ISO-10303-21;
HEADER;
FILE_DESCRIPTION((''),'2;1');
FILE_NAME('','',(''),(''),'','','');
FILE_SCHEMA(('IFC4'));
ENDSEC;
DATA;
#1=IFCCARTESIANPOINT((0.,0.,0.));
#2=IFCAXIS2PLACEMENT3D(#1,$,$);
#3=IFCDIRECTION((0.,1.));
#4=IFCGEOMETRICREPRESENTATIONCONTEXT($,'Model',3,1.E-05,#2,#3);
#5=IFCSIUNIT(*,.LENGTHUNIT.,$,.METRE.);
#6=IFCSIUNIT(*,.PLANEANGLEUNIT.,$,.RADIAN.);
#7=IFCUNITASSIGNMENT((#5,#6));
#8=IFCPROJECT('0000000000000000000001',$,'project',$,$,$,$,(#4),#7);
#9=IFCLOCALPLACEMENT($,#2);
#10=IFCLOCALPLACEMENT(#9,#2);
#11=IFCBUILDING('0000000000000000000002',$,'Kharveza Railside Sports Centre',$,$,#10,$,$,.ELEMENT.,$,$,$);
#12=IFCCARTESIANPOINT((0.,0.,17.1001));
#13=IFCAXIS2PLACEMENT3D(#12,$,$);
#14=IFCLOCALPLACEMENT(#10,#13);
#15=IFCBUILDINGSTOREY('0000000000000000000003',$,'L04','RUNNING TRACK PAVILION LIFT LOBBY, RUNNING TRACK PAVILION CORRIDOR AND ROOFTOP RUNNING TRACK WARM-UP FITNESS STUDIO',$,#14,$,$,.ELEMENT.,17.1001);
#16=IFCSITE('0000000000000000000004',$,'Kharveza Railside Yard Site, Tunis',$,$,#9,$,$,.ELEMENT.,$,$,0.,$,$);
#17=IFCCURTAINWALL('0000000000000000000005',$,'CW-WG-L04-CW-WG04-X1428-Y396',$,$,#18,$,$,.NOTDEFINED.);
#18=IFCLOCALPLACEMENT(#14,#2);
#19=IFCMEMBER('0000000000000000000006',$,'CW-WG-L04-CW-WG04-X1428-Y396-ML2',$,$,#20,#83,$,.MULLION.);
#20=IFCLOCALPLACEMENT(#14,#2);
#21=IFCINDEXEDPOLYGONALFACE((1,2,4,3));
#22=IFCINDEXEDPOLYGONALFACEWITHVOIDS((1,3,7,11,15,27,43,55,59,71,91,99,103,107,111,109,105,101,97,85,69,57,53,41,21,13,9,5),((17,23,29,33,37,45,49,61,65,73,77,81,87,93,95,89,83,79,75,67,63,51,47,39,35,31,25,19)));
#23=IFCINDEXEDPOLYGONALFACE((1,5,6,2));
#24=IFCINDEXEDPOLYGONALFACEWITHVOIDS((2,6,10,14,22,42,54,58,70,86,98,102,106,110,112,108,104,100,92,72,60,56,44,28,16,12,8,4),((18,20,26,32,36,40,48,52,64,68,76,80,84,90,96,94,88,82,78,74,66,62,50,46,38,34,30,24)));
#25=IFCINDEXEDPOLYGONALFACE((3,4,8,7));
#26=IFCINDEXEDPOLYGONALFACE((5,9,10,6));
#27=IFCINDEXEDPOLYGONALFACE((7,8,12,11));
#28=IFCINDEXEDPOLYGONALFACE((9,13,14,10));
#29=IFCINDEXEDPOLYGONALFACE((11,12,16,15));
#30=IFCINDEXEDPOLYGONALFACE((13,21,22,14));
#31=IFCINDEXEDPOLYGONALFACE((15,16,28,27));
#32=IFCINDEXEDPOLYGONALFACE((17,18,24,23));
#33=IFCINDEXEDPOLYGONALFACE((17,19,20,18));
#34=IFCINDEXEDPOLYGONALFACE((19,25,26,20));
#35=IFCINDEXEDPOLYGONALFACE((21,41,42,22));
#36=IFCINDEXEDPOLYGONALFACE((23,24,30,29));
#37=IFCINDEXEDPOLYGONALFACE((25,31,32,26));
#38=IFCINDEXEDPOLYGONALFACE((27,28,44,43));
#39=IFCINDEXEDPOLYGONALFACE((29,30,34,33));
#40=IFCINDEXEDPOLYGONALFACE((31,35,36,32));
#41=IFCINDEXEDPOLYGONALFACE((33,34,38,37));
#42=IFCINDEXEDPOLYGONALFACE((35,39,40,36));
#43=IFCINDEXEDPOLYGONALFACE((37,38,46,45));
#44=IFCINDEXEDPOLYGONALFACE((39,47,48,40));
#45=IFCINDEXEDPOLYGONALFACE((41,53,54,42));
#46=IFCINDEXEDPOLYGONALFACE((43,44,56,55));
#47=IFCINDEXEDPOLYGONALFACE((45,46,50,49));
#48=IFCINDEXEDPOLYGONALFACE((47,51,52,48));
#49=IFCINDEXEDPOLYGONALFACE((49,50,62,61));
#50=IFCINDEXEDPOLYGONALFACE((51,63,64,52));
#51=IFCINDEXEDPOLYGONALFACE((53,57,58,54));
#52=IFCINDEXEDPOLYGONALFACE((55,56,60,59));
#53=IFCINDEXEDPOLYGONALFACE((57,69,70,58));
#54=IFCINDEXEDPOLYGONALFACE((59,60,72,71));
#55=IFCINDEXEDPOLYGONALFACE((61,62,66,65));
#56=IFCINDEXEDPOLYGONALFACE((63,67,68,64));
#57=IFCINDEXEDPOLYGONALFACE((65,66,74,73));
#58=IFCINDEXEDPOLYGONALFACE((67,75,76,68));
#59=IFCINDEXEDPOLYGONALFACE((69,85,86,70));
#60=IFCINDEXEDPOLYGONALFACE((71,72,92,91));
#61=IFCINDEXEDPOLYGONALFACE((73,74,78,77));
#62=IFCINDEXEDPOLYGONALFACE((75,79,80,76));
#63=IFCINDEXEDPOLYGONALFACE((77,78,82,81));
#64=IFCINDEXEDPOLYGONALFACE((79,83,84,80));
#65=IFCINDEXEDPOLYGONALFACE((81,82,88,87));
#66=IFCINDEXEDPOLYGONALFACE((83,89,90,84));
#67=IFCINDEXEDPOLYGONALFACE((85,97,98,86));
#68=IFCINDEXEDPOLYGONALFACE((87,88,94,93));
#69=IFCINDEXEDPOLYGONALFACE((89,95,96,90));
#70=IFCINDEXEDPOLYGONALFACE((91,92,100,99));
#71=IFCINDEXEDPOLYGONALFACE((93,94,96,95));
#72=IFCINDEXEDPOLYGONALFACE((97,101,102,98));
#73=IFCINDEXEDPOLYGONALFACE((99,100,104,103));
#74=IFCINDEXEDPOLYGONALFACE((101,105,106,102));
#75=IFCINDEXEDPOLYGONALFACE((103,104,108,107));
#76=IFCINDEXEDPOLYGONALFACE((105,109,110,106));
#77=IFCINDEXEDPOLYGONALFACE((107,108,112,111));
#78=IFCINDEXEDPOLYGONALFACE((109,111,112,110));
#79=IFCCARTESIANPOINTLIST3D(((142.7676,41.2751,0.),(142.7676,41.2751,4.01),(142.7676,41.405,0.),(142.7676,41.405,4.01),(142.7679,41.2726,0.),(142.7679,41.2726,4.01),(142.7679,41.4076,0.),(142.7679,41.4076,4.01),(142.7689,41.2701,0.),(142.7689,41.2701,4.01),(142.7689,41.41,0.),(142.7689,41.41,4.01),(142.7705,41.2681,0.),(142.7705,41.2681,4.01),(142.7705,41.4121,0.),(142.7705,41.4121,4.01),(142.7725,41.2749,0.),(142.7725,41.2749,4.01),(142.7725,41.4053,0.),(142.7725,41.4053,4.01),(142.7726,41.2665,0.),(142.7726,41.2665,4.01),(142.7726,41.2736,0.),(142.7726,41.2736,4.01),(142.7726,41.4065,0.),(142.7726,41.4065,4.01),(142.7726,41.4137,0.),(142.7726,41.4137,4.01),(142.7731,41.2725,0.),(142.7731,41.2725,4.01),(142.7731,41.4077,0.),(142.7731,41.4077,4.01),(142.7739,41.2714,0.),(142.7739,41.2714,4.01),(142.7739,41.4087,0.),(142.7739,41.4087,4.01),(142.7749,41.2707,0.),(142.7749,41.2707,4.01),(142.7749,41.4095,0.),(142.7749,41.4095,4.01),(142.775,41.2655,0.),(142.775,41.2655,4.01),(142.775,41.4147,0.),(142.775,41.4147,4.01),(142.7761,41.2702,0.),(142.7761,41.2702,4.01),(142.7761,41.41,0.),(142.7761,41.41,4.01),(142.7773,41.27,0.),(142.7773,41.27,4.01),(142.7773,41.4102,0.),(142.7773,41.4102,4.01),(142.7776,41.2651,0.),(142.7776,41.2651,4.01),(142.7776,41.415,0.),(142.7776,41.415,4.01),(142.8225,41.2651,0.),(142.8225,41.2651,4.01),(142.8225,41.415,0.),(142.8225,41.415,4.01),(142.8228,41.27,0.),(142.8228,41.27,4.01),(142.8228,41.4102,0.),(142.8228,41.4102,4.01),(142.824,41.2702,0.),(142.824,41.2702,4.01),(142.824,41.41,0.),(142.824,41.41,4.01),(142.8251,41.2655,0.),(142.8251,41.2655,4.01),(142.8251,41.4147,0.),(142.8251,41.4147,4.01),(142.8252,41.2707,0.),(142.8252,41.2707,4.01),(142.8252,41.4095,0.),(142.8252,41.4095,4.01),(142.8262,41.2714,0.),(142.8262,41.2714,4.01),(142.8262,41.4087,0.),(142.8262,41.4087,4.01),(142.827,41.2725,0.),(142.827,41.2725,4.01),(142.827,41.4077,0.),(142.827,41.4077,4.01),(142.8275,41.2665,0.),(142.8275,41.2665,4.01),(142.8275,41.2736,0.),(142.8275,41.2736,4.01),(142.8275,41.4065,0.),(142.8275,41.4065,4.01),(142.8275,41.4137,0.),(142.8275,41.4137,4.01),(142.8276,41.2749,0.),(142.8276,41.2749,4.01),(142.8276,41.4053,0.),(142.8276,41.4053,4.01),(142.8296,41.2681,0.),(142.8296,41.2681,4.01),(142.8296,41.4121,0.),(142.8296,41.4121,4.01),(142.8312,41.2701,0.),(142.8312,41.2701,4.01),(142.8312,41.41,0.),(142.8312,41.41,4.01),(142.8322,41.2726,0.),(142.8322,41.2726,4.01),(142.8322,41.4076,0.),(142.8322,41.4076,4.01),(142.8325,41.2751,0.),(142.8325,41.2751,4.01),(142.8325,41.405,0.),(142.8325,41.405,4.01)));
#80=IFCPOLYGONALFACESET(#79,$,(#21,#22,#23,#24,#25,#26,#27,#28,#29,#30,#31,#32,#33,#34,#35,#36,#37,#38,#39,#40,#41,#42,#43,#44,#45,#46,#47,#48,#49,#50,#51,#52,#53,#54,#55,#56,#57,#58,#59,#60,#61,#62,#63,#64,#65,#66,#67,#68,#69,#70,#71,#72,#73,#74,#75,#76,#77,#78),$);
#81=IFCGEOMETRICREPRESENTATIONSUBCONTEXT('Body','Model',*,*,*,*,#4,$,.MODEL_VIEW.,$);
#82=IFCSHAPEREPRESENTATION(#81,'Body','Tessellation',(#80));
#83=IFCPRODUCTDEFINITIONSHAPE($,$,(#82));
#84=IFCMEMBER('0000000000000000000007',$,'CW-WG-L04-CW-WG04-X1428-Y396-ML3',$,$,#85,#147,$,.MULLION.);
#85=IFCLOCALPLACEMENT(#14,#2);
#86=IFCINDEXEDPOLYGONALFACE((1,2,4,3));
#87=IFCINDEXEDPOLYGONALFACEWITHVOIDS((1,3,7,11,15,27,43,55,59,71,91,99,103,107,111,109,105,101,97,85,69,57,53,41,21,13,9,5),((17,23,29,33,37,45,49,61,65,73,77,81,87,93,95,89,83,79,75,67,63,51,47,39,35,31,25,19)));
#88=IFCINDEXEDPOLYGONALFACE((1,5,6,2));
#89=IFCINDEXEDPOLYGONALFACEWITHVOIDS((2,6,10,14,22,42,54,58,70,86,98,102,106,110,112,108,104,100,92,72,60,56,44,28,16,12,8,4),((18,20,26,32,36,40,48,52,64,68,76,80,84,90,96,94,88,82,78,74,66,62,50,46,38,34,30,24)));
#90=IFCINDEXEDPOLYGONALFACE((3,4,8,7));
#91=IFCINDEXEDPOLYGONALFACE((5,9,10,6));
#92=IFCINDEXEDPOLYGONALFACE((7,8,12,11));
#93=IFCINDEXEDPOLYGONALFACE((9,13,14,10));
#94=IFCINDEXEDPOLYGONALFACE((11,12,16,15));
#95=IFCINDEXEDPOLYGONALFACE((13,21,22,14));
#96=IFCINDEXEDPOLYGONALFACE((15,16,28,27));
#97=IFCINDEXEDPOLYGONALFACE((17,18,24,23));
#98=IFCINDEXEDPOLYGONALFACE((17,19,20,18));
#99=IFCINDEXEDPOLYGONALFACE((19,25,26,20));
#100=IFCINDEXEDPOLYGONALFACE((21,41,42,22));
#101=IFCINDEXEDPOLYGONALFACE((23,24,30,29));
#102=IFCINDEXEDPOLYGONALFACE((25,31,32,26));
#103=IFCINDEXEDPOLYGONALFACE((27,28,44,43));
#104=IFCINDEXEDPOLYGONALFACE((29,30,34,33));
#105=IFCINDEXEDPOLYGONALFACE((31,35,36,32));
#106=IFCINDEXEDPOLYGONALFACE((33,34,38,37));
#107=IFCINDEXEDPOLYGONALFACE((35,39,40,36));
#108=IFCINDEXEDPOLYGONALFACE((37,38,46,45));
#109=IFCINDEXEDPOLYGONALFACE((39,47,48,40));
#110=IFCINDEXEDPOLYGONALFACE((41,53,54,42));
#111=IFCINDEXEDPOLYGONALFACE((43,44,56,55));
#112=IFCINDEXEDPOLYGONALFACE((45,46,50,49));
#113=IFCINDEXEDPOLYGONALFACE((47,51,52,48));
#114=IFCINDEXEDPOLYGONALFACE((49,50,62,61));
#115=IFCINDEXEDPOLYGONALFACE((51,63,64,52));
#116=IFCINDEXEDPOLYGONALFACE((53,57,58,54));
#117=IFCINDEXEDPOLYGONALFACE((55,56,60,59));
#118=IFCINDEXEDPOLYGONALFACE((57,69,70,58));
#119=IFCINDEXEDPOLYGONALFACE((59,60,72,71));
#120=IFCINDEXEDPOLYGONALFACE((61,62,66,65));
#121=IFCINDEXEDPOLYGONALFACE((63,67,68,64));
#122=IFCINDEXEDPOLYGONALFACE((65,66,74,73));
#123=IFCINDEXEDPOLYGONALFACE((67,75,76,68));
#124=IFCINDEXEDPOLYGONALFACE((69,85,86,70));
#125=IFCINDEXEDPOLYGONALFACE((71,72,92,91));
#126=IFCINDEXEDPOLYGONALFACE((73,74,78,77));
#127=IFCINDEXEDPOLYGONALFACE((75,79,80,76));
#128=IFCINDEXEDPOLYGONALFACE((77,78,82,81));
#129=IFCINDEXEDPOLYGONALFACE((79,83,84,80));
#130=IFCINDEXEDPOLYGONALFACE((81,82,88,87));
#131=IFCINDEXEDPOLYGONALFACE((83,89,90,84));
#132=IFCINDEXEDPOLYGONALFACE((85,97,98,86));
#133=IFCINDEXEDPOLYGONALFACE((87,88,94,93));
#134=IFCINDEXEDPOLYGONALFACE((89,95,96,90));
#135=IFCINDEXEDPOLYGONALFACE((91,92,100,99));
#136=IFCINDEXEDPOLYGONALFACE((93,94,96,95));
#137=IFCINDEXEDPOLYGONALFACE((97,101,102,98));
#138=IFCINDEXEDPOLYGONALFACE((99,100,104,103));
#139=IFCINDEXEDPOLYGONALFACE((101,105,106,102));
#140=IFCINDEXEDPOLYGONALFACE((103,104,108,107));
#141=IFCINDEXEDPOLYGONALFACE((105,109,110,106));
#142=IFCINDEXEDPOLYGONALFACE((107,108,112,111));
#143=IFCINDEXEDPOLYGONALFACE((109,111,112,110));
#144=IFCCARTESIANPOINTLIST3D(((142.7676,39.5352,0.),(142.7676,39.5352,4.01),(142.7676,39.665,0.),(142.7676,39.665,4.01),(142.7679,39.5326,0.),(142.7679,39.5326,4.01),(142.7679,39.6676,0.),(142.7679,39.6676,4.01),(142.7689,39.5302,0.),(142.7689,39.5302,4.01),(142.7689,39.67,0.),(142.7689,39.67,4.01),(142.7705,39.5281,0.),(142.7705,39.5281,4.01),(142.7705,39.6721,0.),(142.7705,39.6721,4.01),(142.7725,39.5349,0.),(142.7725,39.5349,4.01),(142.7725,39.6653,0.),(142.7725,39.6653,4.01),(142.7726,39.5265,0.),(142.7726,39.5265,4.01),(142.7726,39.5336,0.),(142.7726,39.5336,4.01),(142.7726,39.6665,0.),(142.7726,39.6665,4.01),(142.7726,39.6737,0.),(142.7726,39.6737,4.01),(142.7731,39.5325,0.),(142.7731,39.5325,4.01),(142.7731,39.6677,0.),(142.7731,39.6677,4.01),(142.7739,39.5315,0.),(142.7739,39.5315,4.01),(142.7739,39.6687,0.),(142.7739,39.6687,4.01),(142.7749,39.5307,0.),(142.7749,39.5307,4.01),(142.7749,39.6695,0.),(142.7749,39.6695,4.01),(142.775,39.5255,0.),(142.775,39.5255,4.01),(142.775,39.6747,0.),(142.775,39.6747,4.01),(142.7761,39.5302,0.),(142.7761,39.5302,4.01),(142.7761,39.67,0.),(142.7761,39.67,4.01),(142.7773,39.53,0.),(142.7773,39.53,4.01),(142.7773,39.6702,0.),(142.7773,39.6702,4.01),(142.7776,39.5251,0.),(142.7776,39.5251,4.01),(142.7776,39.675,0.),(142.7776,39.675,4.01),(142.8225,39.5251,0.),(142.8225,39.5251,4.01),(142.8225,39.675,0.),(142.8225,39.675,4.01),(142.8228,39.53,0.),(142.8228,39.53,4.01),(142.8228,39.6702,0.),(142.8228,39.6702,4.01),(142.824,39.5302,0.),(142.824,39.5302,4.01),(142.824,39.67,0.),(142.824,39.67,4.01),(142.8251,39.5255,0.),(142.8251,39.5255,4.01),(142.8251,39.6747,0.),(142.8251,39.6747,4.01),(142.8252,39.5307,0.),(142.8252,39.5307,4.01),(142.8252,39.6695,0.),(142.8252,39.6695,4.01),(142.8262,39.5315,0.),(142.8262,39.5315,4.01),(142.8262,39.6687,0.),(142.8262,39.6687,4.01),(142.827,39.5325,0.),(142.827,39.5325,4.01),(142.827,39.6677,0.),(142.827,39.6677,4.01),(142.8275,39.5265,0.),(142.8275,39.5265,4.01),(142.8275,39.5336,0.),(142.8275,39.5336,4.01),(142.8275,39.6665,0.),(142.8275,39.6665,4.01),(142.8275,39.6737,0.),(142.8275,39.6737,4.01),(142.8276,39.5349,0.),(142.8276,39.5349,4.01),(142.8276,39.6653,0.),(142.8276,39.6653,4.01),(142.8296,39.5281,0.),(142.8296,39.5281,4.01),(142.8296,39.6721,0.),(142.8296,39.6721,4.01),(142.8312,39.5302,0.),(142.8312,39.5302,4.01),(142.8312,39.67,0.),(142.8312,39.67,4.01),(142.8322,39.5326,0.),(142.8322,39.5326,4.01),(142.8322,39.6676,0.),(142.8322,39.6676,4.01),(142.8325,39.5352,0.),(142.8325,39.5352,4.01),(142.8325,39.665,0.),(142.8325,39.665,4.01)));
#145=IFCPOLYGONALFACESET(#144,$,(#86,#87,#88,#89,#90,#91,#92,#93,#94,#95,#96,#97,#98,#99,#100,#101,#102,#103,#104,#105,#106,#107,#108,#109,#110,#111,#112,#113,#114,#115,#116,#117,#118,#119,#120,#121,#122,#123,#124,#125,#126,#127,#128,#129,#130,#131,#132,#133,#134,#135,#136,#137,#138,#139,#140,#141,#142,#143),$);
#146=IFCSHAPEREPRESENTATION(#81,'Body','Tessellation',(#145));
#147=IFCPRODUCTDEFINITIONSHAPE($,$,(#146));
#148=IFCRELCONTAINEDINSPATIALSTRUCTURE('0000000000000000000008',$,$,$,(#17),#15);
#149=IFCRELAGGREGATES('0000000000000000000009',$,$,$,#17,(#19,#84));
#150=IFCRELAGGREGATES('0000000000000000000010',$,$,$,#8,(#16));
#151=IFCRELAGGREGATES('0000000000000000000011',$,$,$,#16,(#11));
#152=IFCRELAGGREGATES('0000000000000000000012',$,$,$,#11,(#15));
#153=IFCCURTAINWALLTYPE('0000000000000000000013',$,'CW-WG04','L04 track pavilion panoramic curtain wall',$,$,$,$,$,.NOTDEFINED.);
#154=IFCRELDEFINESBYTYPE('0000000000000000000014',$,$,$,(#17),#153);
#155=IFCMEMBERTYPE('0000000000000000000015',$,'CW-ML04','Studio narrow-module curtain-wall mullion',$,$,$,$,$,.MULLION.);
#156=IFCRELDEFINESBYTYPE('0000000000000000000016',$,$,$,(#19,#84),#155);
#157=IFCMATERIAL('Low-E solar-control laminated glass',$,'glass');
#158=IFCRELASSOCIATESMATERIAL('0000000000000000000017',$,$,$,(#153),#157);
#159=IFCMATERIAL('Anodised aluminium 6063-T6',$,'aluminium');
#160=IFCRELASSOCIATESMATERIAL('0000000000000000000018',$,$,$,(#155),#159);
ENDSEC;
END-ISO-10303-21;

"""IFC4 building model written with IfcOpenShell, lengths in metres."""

from ifc_helpers import new_model, si_unit, direction, frame, origin, origin_2d, place, context, subcontext, project, spatial, hollow_rectangle, extrude, material, material_profile, profile_set, type_object, element, aggregate, save


model = new_model("IFC4")

# Units and contexts
model_context = context("Model", 3, precision=1e-05, world=origin(), true_north=direction((0.0, 1.0)))
body_context = subcontext(model_context, "Body", "Model", "MODEL_VIEW")
ifc_project = project(units=[si_unit("LENGTHUNIT", "METRE"), si_unit("PLANEANGLEUNIT", "RADIAN")], contexts=[model_context])

# Site, building, storey
site_placement = place(None, origin())
site = spatial("IfcSite", under=ifc_project, at=site_placement, Name="Kharveza Railside Yard Site, Tunis", CompositionType="ELEMENT", RefElevation=0.0)
building_placement = place(site_placement, origin())
building = spatial("IfcBuilding", under=site, at=building_placement, Name="Kharveza Railside Sports Centre", CompositionType="ELEMENT")
storey_placement = place(building_placement, frame((0.0, 0.0, 17.1001)))
storey = spatial("IfcBuildingStorey", under=building, at=storey_placement, Name="L04", Description="RUNNING TRACK PAVILION LIFT LOBBY, RUNNING TRACK PAVILION CORRIDOR AND ROOFTOP RUNNING TRACK WARM-UP FITNESS STUDIO", CompositionType="ELEMENT", Elevation=17.1001)

# Curtain wall, members
ifc_material_1 = material(Name="Low-E solar-control laminated glass", Category="glass")
curtain_wall_type = type_object("IfcCurtainWallType", Name="CW-WG04", Description="L04 track pavilion panoramic curtain wall", PredefinedType="NOTDEFINED", material=ifc_material_1)
ifc_material_2 = material(Name="Anodised aluminium 6063-T6", Category="aluminium")
ifc_material_profile_1 = material_profile(ifc_material_2, hollow_rectangle(XDim=0.0649, YDim=0.1499, WallThickness=0.0049, InnerFilletRadius=0.0049, OuterFilletRadius=0.01, at=origin_2d()), Name="RHS 65x150x5.0")
ifc_profile_set_1 = profile_set([ifc_material_profile_1], Name="Anodised aluminium 6063-T6")
member_type_1 = type_object("IfcMemberType", Name="CW-ML04", Description="Studio narrow-module curtain-wall mullion", PredefinedType="MULLION", material=ifc_profile_set_1)
curtain_wall_1_placement = place(storey_placement, origin())
curtain_wall_1 = element("IfcCurtainWall", 1, at=curtain_wall_1_placement, inside=storey, type_object=curtain_wall_type, Name="CW-WG-L04-CW-WG04-X1428-Y396", PredefinedType="NOTDEFINED")
member_1_placement = place(storey_placement, frame((142.8, 41.3401, 0.0), z_axis=(0.0, 0.0, 1.0), x_axis=(1.0, 0.0, 0.0)))
member_1 = element("IfcMember", 2, at=member_1_placement, type_object=member_type_1, Name="CW-WG-L04-CW-WG04-X1428-Y396-ML2", PredefinedType="MULLION", context=body_context, shape_type="SweptSolid", body=[
    extrude(hollow_rectangle(XDim=0.0649, YDim=0.1499, WallThickness=0.0049, InnerFilletRadius=0.0049, OuterFilletRadius=0.01, at=origin_2d()), origin(), (0.0, 0.0, 1.0), 4.01),
])
member_2_placement = place(storey_placement, frame((142.8, 39.6001, 0.0), z_axis=(0.0, 0.0, 1.0), x_axis=(1.0, 0.0, 0.0)))
member_2 = element("IfcMember", 3, at=member_2_placement, type_object=member_type_1, Name="CW-WG-L04-CW-WG04-X1428-Y396-ML3", PredefinedType="MULLION", context=body_context, shape_type="SweptSolid", body=[
    extrude(hollow_rectangle(XDim=0.0649, YDim=0.1499, WallThickness=0.0049, InnerFilletRadius=0.0049, OuterFilletRadius=0.01, at=origin_2d()), origin(), (0.0, 0.0, 1.0), 4.01),
])

aggregate(curtain_wall_1, [member_1, member_2])

save(model, "model.ifc")
